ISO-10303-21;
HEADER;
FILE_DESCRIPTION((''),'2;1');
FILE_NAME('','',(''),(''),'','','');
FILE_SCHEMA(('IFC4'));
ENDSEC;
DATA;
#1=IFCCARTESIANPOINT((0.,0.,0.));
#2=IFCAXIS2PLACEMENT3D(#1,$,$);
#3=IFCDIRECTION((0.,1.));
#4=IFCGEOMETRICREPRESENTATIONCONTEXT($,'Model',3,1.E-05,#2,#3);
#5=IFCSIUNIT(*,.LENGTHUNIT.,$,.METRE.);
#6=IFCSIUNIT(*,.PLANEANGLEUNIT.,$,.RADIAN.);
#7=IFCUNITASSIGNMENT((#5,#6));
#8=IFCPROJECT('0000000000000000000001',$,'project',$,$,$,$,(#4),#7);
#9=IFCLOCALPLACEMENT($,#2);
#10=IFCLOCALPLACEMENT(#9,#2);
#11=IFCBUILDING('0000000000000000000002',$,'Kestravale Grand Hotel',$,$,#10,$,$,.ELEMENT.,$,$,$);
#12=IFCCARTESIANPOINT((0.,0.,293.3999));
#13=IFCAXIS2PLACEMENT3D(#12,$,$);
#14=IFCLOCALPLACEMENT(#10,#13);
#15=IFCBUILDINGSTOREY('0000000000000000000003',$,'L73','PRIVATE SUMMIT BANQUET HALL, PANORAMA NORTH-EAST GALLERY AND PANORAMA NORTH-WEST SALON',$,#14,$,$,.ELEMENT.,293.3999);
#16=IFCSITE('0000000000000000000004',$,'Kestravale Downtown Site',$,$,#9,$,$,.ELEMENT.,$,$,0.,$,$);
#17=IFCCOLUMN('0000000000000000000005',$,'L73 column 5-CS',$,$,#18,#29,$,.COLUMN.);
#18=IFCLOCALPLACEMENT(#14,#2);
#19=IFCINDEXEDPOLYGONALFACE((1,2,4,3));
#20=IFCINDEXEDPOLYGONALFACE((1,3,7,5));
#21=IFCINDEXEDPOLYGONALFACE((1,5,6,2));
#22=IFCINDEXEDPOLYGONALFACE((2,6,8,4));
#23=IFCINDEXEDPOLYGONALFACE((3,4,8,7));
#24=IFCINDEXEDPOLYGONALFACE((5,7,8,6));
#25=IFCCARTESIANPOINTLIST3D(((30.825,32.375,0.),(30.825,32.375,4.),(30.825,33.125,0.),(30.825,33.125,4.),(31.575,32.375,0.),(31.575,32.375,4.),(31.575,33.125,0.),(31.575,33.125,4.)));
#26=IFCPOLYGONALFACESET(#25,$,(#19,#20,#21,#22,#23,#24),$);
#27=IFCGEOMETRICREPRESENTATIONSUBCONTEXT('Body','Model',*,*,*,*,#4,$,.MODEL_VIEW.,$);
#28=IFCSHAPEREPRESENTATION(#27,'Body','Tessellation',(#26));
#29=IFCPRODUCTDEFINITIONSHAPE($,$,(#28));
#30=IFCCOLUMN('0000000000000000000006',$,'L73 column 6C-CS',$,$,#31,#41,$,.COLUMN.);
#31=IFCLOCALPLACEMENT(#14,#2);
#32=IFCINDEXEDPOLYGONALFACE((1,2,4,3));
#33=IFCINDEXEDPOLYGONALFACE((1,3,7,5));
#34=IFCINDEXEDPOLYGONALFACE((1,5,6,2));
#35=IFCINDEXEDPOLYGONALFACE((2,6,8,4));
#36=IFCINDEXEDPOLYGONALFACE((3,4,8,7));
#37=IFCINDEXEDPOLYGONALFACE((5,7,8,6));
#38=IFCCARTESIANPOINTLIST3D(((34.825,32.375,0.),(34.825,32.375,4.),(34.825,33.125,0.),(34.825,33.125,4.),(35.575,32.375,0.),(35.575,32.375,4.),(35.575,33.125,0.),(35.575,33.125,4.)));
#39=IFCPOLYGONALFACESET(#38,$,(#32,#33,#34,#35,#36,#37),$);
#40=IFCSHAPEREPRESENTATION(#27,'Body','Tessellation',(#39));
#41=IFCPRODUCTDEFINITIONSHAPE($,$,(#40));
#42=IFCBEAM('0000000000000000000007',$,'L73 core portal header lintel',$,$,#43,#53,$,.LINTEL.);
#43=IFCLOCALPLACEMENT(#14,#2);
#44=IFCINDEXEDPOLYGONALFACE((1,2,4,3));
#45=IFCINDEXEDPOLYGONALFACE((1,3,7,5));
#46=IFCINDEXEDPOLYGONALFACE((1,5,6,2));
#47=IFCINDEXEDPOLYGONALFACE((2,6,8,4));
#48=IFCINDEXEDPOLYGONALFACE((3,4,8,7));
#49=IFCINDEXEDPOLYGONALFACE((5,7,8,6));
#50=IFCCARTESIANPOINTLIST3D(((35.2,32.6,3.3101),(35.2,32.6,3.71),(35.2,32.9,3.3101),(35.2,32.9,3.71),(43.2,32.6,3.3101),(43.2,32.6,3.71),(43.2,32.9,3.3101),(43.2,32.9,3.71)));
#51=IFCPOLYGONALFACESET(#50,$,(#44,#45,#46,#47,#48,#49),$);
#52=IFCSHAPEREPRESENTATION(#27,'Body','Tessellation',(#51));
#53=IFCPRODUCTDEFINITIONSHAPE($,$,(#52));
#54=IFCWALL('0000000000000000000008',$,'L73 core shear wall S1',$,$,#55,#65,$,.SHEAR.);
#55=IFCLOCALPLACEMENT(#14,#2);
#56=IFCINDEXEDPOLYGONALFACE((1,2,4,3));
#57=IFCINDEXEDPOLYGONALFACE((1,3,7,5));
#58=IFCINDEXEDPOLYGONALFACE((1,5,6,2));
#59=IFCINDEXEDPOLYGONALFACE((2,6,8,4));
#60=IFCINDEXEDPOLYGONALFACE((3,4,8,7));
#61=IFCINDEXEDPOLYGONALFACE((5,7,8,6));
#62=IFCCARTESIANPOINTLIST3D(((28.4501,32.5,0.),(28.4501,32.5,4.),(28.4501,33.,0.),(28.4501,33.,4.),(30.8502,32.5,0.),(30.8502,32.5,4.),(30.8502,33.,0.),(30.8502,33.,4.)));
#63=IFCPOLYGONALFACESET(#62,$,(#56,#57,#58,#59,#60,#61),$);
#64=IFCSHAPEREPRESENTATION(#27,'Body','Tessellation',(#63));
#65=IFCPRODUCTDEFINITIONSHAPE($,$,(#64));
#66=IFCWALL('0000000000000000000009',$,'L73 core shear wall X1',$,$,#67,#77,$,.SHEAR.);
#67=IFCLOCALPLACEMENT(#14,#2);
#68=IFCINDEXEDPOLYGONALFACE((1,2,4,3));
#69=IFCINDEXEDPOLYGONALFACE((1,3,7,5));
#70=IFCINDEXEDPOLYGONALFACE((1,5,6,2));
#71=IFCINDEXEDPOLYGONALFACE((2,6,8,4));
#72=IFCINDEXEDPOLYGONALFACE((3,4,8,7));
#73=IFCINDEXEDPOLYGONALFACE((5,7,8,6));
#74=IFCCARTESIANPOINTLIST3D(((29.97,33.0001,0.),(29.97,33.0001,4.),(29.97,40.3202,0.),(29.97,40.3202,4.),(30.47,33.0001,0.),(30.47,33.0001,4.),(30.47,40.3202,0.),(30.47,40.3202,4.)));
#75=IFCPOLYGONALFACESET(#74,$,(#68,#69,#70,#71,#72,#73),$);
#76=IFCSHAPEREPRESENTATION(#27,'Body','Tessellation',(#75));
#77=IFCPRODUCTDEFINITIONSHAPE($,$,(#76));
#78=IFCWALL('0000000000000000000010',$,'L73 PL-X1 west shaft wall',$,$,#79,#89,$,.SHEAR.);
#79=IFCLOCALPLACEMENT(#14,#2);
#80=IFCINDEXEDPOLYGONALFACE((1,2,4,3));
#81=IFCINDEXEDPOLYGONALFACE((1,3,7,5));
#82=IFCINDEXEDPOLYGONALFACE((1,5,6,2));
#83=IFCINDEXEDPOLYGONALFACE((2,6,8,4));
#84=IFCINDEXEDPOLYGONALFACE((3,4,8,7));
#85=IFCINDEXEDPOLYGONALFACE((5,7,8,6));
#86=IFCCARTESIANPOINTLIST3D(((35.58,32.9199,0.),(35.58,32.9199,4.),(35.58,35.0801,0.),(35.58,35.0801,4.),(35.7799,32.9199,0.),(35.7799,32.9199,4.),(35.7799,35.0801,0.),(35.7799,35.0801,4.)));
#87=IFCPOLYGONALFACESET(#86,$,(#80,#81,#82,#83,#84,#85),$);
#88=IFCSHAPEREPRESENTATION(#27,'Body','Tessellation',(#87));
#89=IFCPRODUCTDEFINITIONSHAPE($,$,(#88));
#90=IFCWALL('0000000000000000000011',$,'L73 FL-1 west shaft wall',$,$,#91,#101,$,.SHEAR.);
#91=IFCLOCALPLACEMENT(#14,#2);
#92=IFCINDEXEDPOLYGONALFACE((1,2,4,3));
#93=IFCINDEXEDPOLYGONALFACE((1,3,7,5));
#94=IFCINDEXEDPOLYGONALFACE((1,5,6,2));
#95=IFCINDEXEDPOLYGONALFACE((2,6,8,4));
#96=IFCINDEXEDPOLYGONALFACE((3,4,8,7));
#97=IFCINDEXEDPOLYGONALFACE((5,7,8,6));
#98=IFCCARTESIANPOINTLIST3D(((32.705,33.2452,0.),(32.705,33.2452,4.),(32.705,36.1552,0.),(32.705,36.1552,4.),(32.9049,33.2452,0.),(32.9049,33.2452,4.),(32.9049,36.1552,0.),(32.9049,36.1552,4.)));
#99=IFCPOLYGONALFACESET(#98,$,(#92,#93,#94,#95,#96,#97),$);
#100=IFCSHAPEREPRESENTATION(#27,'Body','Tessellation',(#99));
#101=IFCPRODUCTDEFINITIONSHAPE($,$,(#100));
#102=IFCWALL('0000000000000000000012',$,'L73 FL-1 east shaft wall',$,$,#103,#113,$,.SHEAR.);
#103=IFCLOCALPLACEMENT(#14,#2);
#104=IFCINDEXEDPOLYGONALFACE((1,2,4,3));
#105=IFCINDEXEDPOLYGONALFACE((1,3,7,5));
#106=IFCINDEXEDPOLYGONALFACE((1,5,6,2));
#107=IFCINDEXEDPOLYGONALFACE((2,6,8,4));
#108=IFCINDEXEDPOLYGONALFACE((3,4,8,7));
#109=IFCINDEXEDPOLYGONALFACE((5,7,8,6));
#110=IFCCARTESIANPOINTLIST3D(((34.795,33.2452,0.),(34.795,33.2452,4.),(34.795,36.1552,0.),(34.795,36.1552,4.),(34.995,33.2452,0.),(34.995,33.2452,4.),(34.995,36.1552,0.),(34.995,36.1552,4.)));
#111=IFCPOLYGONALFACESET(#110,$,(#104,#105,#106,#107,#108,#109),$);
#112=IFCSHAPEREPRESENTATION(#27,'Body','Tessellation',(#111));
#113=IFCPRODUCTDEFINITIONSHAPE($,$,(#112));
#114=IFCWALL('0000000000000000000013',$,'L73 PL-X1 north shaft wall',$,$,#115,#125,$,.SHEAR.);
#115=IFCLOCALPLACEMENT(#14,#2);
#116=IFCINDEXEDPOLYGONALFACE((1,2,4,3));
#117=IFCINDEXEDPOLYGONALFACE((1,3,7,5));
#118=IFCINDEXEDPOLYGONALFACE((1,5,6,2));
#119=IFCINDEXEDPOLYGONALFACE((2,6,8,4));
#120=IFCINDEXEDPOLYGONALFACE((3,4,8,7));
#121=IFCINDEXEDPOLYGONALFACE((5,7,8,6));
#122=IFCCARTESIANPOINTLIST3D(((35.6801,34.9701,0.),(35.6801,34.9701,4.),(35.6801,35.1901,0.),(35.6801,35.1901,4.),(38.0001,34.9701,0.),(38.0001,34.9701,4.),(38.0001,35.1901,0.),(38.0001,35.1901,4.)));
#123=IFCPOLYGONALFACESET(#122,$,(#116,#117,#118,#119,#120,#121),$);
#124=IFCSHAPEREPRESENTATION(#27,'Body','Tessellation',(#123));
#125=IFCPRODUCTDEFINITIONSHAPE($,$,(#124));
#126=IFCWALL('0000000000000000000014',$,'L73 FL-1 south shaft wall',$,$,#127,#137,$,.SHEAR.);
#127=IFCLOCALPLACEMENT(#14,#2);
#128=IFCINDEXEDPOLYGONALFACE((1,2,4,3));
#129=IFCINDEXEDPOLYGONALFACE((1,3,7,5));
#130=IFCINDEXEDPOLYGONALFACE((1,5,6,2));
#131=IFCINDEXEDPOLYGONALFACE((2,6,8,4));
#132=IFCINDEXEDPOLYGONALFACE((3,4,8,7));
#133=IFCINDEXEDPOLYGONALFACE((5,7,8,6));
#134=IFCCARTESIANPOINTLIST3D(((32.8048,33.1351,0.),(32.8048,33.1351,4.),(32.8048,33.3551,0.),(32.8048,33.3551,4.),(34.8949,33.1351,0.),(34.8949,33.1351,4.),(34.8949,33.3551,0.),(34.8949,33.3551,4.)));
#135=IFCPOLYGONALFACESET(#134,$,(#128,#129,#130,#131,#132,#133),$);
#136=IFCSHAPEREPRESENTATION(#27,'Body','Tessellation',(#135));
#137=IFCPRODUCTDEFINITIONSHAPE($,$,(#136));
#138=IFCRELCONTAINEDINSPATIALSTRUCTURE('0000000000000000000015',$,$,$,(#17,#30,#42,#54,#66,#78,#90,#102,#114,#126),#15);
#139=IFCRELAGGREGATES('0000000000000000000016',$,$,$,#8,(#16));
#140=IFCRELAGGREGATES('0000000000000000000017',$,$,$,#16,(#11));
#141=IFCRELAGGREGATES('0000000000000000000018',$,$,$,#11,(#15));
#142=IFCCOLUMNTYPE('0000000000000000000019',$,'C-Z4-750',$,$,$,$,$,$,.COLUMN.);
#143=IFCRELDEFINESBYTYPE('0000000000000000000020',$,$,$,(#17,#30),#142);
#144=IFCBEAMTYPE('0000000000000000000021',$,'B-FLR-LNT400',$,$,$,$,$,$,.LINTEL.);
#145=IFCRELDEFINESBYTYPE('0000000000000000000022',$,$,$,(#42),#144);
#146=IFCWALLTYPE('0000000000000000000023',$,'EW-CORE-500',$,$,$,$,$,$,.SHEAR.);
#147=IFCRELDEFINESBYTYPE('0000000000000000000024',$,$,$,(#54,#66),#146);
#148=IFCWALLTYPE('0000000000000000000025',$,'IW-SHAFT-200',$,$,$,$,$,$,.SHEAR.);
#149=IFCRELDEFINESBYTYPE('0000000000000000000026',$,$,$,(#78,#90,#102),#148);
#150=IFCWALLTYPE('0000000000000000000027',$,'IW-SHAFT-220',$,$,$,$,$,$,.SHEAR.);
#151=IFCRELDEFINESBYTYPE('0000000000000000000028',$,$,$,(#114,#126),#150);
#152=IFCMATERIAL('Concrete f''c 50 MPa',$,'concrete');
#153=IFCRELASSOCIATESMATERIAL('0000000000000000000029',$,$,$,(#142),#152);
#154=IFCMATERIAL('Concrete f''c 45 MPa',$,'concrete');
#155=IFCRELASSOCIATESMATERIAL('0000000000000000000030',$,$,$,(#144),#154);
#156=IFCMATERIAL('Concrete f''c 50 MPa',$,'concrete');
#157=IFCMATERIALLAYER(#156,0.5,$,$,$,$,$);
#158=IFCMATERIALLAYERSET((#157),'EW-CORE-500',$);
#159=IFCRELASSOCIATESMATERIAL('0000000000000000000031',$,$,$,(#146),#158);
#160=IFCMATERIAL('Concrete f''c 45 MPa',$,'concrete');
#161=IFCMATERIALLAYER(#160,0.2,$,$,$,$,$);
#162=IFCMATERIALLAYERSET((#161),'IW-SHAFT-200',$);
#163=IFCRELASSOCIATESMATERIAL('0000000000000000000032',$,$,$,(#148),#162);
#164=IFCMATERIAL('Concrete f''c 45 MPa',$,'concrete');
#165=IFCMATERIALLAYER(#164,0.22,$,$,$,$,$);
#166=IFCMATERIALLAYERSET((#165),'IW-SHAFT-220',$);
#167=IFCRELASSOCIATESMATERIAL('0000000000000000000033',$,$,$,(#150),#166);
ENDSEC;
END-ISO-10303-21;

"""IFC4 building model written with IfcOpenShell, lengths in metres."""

from ifc_helpers import new_model, si_unit, direction, frame, frame_2d, origin, origin_2d, place, context, subcontext, project, spatial, rectangle, extrude, material, layer, layer_set, material_profile, profile_set, type_object, element, save


model = new_model("IFC4")

# Units and contexts
model_context = context("Model", 3, precision=1e-05, world=origin(), true_north=direction((0.0, 1.0)))
body_context = subcontext(model_context, "Body", "Model", "MODEL_VIEW")
ifc_project = project(units=[si_unit("LENGTHUNIT", "METRE"), si_unit("PLANEANGLEUNIT", "RADIAN")], contexts=[model_context])

# Site, building, storey
site_placement = place(None, origin())
site = spatial("IfcSite", under=ifc_project, at=site_placement, Name="Kestravale Downtown Site", CompositionType="ELEMENT", RefElevation=0.0)
building_placement = place(site_placement, origin())
building = spatial("IfcBuilding", under=site, at=building_placement, Name="Kestravale Grand Hotel", CompositionType="ELEMENT")
storey_placement = place(building_placement, frame((0.0, 0.0, 293.3999)))
storey = spatial("IfcBuildingStorey", under=building, at=storey_placement, Name="L73", Description="PRIVATE SUMMIT BANQUET HALL, PANORAMA NORTH-EAST GALLERY AND PANORAMA NORTH-WEST SALON", CompositionType="ELEMENT", Elevation=293.3999)

# Columns
ifc_material_1 = material(Name="Concrete f'c 50 MPa", Category="concrete")
ifc_material_profile_1 = material_profile(ifc_material_1, rectangle(XDim=0.75, YDim=0.75, at=origin_2d()))
ifc_profile_set_1 = profile_set([ifc_material_profile_1], Name="Concrete f'c 50 MPa")
column_type = type_object("IfcColumnType", Name="C-Z4-750", PredefinedType="COLUMN", material=ifc_profile_set_1)
for number, where, z_axis, x_axis, name in (
    (1, (31.2, 32.75, 0.0), (0.0, 0.0, 1.0), (1.0, 0.0, 0.0), "L73 column 5-CS"),
    (2, (35.2, 32.75, 0.0), (0.0, 0.0, 1.0), (1.0, 0.0, 0.0), "L73 column 6C-CS"),
):
    element("IfcColumn", number, at=place(storey_placement, frame(where, z_axis=z_axis, x_axis=x_axis)), inside=storey, type_object=column_type, Name=name, PredefinedType="COLUMN", context=body_context, shape_type="SweptSolid", body=[
        extrude(rectangle(XDim=0.75, YDim=0.75, at=origin_2d()), origin(), (0.0, 0.0, 1.0), 4.0),
    ])

# Beam
ifc_material_2 = material(Name="Concrete f'c 45 MPa", Category="concrete")
ifc_material_profile_2 = material_profile(ifc_material_2, rectangle(XDim=0.3, YDim=0.3999, at=origin_2d()))
ifc_profile_set_2 = profile_set([ifc_material_profile_2], Name="Concrete f'c 45 MPa")
beam_type = type_object("IfcBeamType", Name="B-FLR-LNT400", PredefinedType="LINTEL", material=ifc_profile_set_2)
beam_placement = place(storey_placement, frame((35.2, 32.75, 3.51), z_axis=(1.0, 0.0, 0.0), x_axis=(0.0, 1.0, 0.0)))
element("IfcBeam", 3, at=beam_placement, inside=storey, type_object=beam_type, Name="L73 core portal header lintel", PredefinedType="LINTEL", context=body_context, shape_type="SweptSolid", body=[
    extrude(rectangle(XDim=0.3, YDim=0.3999, at=origin_2d()), origin(), (0.0, 0.0, 1.0), 8.0),
])

# Walls
ifc_material_3 = material(Name="Concrete f'c 50 MPa", Category="concrete")
ifc_layer_1 = layer(ifc_material_3, 0.5)
ifc_layer_set_1 = layer_set([ifc_layer_1], Name="EW-CORE-500")
wall_type_1 = type_object("IfcWallType", Name="EW-CORE-500", PredefinedType="SHEAR", material=ifc_layer_set_1)
wall_1_placement = place(storey_placement, frame((28.45, 32.75, 0.0), z_axis=(0.0, 0.0, 1.0), x_axis=(1.0, 0.0, 0.0)))
element("IfcWall", 4, at=wall_1_placement, inside=storey, type_object=wall_type_1, Name="L73 core shear wall S1", PredefinedType="SHEAR", context=body_context, shape_type="SweptSolid", body=[
    extrude(rectangle(XDim=2.4001, YDim=0.5, at=frame_2d((1.2002, 0.0))), origin(), (0.0, 0.0, 1.0), 4.0),
])
wall_2_placement = place(storey_placement, frame((30.22, 33.0, 0.0), z_axis=(0.0, 0.0, 1.0), x_axis=(0.0, 1.0, 0.0)))
element("IfcWall", 5, at=wall_2_placement, inside=storey, type_object=wall_type_1, Name="L73 core shear wall X1", PredefinedType="SHEAR", context=body_context, shape_type="SweptSolid", body=[
    extrude(rectangle(XDim=7.3201, YDim=0.5, at=frame_2d((3.6602, 0.0))), origin(), (0.0, 0.0, 1.0), 4.0),
])

# Walls
ifc_material_4 = material(Name="Concrete f'c 45 MPa", Category="concrete")
ifc_layer_2 = layer(ifc_material_4, 0.2)
ifc_layer_set_2 = layer_set([ifc_layer_2], Name="IW-SHAFT-200")
wall_type_2 = type_object("IfcWallType", Name="IW-SHAFT-200", PredefinedType="SHEAR", material=ifc_layer_set_2)
wall_3_placement = place(storey_placement, frame((35.6799, 32.9199, 0.0), z_axis=(0.0, 0.0, 1.0), x_axis=(0.0, 1.0, 0.0)))
element("IfcWall", 6, at=wall_3_placement, inside=storey, type_object=wall_type_2, Name="L73 PL-X1 west shaft wall", PredefinedType="SHEAR", context=body_context, shape_type="SweptSolid", body=[
    extrude(rectangle(XDim=2.1602, YDim=0.2, at=frame_2d((1.0801, 0.0))), origin(), (0.0, 0.0, 1.0), 4.0),
])
for number, where, z_axis, x_axis, name in (
    (7, (32.8049, 33.2451, 0.0), (0.0, 0.0, 1.0), (0.0, 1.0, 0.0), "L73 FL-1 west shaft wall"),
    (8, (34.895, 33.2451, 0.0), (0.0, 0.0, 1.0), (0.0, 1.0, 0.0), "L73 FL-1 east shaft wall"),
):
    element("IfcWall", number, at=place(storey_placement, frame(where, z_axis=z_axis, x_axis=x_axis)), inside=storey, type_object=wall_type_2, Name=name, PredefinedType="SHEAR", context=body_context, shape_type="SweptSolid", body=[
        extrude(rectangle(XDim=2.9099, YDim=0.2, at=frame_2d((1.4551, 0.0))), origin(), (0.0, 0.0, 1.0), 4.0),
    ])
ifc_material_5 = material(Name="Concrete f'c 45 MPa", Category="concrete")
ifc_layer_3 = layer(ifc_material_5, 0.22)
ifc_layer_set_3 = layer_set([ifc_layer_3], Name="IW-SHAFT-220")
wall_type_3 = type_object("IfcWallType", Name="IW-SHAFT-220", PredefinedType="SHEAR", material=ifc_layer_set_3)
wall_4_placement = place(storey_placement, frame((35.6799, 35.0801, 0.0), z_axis=(0.0, 0.0, 1.0), x_axis=(1.0, 0.0, 0.0)))
element("IfcWall", 9, at=wall_4_placement, inside=storey, type_object=wall_type_3, Name="L73 PL-X1 north shaft wall", PredefinedType="SHEAR", context=body_context, shape_type="SweptSolid", body=[
    extrude(rectangle(XDim=2.3201, YDim=0.22, at=frame_2d((1.1602, 0.0))), origin(), (0.0, 0.0, 1.0), 4.0),
])

# Wall
wall_5_placement = place(storey_placement, frame((32.8049, 33.2451, 0.0), z_axis=(0.0, 0.0, 1.0), x_axis=(1.0, 0.0, 0.0)))
element("IfcWall", 10, at=wall_5_placement, inside=storey, type_object=wall_type_3, Name="L73 FL-1 south shaft wall", PredefinedType="SHEAR", context=body_context, shape_type="SweptSolid", body=[
    extrude(rectangle(XDim=2.0901, YDim=0.22, at=frame_2d((1.0449, 0.0))), origin(), (0.0, 0.0, 1.0), 4.0),
])

save(model, "model.ifc")
